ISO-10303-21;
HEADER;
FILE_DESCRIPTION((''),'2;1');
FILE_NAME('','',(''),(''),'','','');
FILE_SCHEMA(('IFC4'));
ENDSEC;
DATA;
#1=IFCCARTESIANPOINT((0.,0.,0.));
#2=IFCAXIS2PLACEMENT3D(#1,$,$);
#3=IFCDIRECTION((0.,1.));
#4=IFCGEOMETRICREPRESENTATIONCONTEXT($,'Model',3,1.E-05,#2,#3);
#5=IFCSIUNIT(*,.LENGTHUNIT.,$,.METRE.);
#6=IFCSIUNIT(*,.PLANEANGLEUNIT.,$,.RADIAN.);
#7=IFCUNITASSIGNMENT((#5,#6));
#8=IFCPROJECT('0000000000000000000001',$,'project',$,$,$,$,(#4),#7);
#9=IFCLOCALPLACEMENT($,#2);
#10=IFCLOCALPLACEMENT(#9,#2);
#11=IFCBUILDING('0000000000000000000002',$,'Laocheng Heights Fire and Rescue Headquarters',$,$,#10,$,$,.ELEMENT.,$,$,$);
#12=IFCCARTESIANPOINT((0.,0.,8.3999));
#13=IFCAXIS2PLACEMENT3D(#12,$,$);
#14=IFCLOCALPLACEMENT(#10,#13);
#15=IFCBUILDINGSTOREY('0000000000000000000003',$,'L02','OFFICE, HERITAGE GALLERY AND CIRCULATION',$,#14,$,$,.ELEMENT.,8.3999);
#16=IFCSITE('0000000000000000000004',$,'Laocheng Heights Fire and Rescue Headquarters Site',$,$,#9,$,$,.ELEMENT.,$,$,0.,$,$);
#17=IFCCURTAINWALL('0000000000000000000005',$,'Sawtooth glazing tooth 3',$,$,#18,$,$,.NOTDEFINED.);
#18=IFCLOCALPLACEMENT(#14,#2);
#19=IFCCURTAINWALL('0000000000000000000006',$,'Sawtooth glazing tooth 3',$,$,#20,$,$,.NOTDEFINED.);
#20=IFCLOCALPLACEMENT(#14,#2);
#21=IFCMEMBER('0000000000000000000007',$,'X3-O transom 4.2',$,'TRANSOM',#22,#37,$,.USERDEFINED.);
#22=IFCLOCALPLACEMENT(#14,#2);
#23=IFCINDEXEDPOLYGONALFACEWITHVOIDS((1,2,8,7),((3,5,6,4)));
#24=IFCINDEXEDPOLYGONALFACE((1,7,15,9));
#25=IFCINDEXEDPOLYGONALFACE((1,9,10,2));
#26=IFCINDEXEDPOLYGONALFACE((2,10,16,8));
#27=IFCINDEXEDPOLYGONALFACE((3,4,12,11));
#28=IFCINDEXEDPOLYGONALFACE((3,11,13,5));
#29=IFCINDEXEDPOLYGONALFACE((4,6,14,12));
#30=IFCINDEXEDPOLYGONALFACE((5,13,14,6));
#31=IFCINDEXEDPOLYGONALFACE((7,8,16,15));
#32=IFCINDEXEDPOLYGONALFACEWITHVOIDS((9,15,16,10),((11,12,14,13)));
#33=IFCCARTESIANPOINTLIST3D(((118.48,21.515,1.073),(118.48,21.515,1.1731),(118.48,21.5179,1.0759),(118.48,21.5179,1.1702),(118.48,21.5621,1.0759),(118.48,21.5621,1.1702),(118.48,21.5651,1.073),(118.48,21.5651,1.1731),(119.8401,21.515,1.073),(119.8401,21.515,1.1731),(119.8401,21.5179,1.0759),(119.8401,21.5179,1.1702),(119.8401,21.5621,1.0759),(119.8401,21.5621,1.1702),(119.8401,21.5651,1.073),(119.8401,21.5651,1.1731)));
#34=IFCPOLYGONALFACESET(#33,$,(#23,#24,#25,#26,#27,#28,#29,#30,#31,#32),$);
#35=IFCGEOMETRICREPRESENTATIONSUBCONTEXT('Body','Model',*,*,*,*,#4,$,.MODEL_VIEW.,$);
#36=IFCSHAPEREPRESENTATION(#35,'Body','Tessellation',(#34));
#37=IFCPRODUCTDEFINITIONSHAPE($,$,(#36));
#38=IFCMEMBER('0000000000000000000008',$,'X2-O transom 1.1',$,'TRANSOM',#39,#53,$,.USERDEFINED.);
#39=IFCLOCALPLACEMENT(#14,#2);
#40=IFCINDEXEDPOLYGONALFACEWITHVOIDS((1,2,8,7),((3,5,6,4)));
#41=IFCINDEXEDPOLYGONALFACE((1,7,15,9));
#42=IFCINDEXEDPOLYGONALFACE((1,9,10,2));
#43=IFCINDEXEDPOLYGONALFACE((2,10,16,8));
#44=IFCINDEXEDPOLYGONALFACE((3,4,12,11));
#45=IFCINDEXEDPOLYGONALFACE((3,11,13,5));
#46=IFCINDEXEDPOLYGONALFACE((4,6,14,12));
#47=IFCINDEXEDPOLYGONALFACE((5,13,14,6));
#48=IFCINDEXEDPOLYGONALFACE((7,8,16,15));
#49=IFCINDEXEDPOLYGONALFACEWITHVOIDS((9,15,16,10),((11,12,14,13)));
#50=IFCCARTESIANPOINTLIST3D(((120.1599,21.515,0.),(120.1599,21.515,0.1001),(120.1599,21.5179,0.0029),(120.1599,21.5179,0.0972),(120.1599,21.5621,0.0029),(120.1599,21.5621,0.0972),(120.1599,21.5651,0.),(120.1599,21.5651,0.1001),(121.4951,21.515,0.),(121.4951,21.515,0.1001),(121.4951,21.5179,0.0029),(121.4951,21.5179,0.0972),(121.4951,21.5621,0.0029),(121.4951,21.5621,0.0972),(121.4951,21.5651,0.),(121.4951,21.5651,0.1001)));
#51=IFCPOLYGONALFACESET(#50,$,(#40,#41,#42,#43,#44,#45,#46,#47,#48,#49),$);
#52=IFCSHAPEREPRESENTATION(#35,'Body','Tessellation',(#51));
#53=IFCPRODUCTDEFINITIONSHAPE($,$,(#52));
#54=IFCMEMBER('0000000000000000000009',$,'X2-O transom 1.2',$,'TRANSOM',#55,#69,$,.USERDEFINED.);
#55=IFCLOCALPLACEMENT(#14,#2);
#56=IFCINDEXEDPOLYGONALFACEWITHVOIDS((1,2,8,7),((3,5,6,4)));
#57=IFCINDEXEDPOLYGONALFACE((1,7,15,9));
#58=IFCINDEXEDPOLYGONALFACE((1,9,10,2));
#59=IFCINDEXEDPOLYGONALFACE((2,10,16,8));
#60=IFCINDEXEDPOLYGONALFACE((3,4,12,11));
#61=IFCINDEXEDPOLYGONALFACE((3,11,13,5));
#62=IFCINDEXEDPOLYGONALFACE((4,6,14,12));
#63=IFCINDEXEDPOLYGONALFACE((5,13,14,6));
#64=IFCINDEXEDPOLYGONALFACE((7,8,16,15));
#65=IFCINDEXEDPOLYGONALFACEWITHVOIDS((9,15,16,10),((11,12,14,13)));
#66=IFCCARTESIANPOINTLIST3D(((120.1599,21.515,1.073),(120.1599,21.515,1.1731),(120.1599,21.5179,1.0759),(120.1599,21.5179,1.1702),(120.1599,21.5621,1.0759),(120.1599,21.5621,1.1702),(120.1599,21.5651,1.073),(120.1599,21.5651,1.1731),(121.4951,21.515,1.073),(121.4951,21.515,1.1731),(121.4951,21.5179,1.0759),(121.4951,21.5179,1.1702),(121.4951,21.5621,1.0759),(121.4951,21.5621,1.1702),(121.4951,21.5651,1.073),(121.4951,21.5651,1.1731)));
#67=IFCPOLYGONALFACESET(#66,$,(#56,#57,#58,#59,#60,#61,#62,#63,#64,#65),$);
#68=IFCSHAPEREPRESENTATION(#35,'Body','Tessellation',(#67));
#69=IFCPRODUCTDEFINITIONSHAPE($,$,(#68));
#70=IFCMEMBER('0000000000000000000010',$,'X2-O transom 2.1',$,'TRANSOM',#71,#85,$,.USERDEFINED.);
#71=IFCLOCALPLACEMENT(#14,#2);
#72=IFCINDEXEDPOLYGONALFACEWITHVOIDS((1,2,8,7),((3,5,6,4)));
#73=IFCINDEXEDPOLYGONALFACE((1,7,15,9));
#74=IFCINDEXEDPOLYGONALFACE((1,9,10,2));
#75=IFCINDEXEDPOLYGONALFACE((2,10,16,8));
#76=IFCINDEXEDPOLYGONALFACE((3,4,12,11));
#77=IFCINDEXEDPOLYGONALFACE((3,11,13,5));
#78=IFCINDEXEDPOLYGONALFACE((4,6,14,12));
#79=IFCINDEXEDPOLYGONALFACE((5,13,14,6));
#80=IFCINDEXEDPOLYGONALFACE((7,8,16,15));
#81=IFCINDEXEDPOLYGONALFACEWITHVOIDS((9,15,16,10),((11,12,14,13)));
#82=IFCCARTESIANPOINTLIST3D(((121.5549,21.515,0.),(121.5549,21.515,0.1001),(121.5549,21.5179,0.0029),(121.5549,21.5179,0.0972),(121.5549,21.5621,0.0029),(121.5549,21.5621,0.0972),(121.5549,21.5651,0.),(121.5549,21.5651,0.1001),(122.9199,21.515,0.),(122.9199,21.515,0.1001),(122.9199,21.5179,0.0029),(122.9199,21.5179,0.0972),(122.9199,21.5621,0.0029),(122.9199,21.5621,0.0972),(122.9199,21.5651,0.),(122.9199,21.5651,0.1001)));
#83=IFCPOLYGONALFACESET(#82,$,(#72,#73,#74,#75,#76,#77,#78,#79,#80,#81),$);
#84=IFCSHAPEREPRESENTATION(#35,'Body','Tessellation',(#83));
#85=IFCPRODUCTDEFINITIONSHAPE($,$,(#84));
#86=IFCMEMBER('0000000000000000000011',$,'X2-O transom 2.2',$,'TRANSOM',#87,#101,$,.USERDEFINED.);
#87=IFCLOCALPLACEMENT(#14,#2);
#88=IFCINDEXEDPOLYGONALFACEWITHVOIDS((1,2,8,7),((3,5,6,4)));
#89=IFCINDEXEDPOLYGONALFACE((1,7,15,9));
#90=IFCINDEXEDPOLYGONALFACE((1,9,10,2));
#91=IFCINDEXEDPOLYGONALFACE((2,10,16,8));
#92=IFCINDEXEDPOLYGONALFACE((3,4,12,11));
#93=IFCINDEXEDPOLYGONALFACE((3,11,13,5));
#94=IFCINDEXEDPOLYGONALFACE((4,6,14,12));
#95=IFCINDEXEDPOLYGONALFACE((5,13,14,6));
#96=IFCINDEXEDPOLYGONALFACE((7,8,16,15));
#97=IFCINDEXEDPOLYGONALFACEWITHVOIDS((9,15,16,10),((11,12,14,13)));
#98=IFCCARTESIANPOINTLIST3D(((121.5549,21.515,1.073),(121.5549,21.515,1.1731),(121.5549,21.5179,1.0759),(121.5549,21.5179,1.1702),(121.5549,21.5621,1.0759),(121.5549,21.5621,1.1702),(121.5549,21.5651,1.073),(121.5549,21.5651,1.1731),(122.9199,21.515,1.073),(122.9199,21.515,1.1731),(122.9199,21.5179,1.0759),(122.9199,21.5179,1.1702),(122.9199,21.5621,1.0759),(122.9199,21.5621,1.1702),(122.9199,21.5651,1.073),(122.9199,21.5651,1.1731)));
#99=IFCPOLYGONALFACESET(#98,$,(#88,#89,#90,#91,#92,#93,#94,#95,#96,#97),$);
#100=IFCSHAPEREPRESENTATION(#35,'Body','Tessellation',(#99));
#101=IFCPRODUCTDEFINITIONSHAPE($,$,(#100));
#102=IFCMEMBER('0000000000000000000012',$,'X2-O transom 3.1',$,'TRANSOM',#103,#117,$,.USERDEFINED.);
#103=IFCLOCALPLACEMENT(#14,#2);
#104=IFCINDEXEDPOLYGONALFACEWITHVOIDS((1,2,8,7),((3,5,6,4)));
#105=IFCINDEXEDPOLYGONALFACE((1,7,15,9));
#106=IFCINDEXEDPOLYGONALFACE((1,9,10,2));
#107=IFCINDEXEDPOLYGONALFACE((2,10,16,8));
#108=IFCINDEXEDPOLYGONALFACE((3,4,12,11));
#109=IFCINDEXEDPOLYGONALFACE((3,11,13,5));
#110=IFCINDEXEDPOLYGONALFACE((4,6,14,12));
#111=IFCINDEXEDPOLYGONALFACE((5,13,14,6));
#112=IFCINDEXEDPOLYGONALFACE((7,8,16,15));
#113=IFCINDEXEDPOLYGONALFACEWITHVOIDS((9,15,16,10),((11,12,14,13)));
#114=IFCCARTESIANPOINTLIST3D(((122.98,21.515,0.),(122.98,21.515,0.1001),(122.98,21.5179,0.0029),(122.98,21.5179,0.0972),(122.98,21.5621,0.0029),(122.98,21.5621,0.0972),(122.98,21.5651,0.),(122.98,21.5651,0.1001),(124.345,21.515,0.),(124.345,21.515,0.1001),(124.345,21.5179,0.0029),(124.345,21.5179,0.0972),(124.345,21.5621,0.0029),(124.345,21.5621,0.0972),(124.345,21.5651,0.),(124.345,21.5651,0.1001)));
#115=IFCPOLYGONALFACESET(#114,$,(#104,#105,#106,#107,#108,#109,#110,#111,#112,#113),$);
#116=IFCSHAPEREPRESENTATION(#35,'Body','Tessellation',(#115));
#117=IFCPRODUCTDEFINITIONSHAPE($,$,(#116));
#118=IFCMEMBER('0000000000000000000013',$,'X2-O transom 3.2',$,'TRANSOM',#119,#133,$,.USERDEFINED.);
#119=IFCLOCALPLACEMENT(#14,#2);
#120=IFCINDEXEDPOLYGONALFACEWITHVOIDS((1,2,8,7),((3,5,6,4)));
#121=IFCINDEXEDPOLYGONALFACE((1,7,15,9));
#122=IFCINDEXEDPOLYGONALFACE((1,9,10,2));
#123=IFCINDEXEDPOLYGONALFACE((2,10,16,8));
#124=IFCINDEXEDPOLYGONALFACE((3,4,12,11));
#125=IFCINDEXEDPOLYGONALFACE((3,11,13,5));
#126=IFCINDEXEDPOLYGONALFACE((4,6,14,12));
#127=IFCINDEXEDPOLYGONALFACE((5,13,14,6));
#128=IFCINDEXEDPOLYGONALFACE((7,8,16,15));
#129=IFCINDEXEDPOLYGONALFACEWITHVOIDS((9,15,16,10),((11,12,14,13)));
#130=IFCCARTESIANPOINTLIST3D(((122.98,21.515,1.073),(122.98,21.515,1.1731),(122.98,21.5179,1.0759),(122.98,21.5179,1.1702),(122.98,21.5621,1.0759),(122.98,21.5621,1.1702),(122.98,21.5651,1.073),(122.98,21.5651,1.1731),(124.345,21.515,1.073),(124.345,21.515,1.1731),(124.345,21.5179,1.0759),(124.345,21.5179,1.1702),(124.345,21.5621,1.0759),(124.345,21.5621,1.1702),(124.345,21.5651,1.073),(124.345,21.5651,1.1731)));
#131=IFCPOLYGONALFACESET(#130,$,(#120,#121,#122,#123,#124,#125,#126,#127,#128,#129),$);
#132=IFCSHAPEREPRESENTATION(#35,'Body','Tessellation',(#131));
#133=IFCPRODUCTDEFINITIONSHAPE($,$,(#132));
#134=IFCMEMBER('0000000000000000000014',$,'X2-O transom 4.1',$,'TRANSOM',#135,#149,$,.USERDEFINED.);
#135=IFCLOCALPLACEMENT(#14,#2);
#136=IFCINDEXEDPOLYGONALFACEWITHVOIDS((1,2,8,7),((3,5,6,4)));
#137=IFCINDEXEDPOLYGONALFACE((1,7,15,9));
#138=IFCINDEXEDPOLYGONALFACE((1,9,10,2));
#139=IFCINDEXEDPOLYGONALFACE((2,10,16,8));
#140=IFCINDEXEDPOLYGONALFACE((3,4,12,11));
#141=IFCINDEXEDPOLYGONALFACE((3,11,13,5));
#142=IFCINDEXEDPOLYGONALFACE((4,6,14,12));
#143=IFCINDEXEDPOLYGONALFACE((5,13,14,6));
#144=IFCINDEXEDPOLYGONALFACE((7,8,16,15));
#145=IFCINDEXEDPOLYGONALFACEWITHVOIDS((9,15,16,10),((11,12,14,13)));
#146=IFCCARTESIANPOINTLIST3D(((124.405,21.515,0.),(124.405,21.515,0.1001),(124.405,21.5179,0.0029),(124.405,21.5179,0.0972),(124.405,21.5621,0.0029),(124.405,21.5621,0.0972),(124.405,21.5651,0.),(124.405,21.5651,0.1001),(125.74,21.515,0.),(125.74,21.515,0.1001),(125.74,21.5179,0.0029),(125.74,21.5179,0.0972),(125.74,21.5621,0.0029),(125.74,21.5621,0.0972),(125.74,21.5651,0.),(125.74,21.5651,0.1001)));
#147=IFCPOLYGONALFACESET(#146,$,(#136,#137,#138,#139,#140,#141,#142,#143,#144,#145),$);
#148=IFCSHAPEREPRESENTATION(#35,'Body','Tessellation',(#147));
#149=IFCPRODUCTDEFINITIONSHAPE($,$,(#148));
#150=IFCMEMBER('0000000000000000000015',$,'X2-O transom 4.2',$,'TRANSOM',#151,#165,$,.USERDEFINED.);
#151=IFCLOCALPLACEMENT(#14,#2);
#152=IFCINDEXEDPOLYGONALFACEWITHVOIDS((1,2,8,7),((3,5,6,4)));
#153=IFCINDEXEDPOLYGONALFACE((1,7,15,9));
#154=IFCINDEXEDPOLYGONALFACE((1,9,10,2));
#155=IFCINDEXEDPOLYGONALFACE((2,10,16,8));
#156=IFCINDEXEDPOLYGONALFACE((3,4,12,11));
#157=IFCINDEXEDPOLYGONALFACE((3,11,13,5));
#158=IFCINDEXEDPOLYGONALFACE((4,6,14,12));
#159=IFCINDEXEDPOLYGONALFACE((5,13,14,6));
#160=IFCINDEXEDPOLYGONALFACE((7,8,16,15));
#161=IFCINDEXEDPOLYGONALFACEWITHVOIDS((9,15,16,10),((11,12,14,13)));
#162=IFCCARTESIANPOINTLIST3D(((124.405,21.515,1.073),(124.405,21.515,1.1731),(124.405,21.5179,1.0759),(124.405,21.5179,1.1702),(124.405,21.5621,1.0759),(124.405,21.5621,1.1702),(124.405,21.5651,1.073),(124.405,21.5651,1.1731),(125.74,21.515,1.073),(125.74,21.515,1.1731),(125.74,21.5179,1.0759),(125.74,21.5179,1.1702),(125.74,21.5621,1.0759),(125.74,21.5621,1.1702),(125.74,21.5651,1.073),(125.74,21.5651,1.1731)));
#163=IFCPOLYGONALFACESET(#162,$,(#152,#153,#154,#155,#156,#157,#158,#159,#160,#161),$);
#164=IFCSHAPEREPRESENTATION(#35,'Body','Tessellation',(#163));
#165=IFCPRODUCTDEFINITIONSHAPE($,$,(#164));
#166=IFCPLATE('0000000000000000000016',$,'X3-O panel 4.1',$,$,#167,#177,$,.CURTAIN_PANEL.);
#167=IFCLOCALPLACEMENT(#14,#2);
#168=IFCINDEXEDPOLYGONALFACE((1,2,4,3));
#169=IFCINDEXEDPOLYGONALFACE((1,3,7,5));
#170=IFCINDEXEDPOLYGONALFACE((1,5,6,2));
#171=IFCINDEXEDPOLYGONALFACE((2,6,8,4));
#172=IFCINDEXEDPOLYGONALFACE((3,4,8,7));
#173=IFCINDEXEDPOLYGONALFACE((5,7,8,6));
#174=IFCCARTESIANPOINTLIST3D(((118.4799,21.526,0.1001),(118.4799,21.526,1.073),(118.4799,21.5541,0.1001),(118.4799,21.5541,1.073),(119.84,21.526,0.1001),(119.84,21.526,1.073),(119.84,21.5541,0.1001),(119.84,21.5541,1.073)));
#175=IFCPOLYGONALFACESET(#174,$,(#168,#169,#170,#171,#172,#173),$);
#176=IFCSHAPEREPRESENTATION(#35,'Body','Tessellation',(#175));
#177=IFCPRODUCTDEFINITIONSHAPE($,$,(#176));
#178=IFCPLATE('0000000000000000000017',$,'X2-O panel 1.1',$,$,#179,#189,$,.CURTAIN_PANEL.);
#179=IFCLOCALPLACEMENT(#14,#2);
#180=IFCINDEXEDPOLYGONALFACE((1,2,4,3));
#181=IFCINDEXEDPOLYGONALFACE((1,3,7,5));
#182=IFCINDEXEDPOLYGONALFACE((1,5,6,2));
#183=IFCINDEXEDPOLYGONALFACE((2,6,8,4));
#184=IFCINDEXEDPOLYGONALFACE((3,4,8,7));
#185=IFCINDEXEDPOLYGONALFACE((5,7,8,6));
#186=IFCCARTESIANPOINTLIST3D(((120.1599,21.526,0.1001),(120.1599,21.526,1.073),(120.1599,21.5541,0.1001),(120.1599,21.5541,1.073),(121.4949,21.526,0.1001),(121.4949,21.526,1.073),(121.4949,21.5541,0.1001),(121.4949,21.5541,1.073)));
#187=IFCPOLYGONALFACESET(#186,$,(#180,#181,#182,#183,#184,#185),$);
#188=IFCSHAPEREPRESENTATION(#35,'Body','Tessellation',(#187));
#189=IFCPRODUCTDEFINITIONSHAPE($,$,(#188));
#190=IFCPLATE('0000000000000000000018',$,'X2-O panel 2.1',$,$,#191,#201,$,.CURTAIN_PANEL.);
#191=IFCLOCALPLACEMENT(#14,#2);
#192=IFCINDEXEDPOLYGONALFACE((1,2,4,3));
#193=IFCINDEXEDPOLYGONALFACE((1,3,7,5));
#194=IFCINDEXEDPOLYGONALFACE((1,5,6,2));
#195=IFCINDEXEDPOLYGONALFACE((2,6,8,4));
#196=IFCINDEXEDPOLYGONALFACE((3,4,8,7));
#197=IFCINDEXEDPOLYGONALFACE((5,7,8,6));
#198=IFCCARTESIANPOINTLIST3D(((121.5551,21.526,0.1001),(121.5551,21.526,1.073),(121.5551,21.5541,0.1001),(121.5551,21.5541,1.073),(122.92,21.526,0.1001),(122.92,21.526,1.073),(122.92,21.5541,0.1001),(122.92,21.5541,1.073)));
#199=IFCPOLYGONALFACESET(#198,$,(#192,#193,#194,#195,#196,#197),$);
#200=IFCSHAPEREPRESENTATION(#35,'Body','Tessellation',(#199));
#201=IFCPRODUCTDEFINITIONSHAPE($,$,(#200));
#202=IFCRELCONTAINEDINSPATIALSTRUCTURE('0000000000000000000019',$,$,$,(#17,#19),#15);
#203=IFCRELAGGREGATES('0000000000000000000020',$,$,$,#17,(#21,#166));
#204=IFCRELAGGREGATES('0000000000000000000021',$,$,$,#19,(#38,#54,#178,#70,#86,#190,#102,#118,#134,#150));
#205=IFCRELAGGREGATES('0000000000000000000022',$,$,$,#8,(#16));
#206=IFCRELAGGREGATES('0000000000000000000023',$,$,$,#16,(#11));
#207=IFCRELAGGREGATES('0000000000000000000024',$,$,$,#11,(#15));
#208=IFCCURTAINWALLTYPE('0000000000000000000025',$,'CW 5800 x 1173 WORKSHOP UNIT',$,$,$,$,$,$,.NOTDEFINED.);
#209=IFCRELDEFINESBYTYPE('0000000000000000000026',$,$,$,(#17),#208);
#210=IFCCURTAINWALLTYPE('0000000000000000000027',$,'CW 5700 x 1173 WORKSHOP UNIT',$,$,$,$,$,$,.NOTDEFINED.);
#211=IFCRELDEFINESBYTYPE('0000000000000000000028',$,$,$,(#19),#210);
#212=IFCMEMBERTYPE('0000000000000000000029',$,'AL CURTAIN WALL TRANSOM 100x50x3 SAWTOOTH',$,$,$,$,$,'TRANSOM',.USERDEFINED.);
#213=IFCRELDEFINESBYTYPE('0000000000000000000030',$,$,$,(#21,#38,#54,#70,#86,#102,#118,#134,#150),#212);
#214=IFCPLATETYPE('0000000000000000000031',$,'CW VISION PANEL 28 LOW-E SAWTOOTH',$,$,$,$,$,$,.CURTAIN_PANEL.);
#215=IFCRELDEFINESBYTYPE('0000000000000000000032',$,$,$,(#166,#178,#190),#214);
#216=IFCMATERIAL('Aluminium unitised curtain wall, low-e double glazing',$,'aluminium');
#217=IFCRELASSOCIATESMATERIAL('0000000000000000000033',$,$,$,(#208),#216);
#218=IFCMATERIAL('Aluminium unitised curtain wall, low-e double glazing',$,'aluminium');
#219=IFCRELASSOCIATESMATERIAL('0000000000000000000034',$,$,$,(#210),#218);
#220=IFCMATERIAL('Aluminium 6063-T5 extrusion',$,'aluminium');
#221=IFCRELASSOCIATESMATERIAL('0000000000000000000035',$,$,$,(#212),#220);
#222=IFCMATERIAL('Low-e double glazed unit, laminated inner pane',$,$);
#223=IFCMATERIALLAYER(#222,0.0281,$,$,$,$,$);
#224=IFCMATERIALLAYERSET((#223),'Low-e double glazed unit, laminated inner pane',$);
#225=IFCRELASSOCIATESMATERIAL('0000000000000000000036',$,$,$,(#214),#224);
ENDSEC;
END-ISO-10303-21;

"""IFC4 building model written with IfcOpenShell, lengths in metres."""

from ifc_helpers import new_model, si_unit, direction, frame, origin, origin_2d, place, context, subcontext, project, spatial, rectangle, hollow_rectangle, extrude, material, layer, layer_set, material_profile, profile_set, type_object, element, aggregate, save


model = new_model("IFC4")

# Units and contexts
model_context = context("Model", 3, precision=1e-05, world=origin(), true_north=direction((0.0, 1.0)))
body_context = subcontext(model_context, "Body", "Model", "MODEL_VIEW")
ifc_project = project(units=[si_unit("LENGTHUNIT", "METRE"), si_unit("PLANEANGLEUNIT", "RADIAN")], contexts=[model_context])

# Site, building, storey
site_placement = place(None, origin())
site = spatial("IfcSite", under=ifc_project, at=site_placement, Name="Laocheng Heights Fire and Rescue Headquarters Site", CompositionType="ELEMENT", RefElevation=0.0)
building_placement = place(site_placement, origin())
building = spatial("IfcBuilding", under=site, at=building_placement, Name="Laocheng Heights Fire and Rescue Headquarters", CompositionType="ELEMENT")
storey_placement = place(building_placement, frame((0.0, 0.0, 8.3999)))
storey = spatial("IfcBuildingStorey", under=building, at=storey_placement, Name="L02", Description="OFFICE, HERITAGE GALLERY AND CIRCULATION", CompositionType="ELEMENT", Elevation=8.3999)

# Curtain walls
ifc_material_1 = material(Name="Aluminium unitised curtain wall, low-e double glazing", Category="aluminium")
curtain_wall_type_1 = type_object("IfcCurtainWallType", Name="CW 5800 x 1173 WORKSHOP UNIT", PredefinedType="NOTDEFINED", material=ifc_material_1)
curtain_wall_1_placement = place(storey_placement, origin())
curtain_wall_1 = element("IfcCurtainWall", 1, at=curtain_wall_1_placement, inside=storey, type_object=curtain_wall_type_1, Name="Sawtooth glazing tooth 3", PredefinedType="NOTDEFINED")
ifc_material_2 = material(Name="Aluminium unitised curtain wall, low-e double glazing", Category="aluminium")
curtain_wall_type_2 = type_object("IfcCurtainWallType", Name="CW 5700 x 1173 WORKSHOP UNIT", PredefinedType="NOTDEFINED", material=ifc_material_2)
curtain_wall_2_placement = place(storey_placement, origin())
curtain_wall_2 = element("IfcCurtainWall", 2, at=curtain_wall_2_placement, inside=storey, type_object=curtain_wall_type_2, Name="Sawtooth glazing tooth 3", PredefinedType="NOTDEFINED")

# Members
ifc_material_3 = material(Name="Aluminium 6063-T5 extrusion", Category="aluminium")
ifc_material_profile_1 = material_profile(ifc_material_3, hollow_rectangle(XDim=0.05, YDim=0.1001, WallThickness=0.0029, at=origin_2d()), Name="AL TRANSOM 100x50x3")
ifc_profile_set_1 = profile_set([ifc_material_profile_1], Name="Aluminium 6063-T5 extrusion")
member_type_1 = type_object("IfcMemberType", Name="AL CURTAIN WALL TRANSOM 100x50x3 SAWTOOTH", ElementType="TRANSOM", PredefinedType="USERDEFINED", material=ifc_profile_set_1)
member_1_placement = place(storey_placement, frame((118.48, 21.54, 1.123), z_axis=(1.0, 0.0, 0.0), x_axis=(0.0, 1.0, 0.0)))
member_1 = element("IfcMember", 3, at=member_1_placement, type_object=member_type_1, Name="X3-O transom 4.2", ObjectType="TRANSOM", PredefinedType="USERDEFINED", context=body_context, shape_type="SweptSolid", body=[
    extrude(hollow_rectangle(XDim=0.05, YDim=0.1001, WallThickness=0.0029, at=origin_2d()), origin(), (0.0, 0.0, 1.0), 1.3601),
])
member_2_placement = place(storey_placement, frame((120.1599, 21.54, 0.05), z_axis=(1.0, 0.0, 0.0), x_axis=(0.0, 1.0, 0.0)))
member_2 = element("IfcMember", 4, at=member_2_placement, type_object=member_type_1, Name="X2-O transom 1.1", ObjectType="TRANSOM", PredefinedType="USERDEFINED", context=body_context, shape_type="SweptSolid", body=[
    extrude(hollow_rectangle(XDim=0.05, YDim=0.1001, WallThickness=0.0029, at=origin_2d()), origin(), (0.0, 0.0, 1.0), 1.3352),
])
member_3_placement = place(storey_placement, frame((120.1599, 21.54, 1.123), z_axis=(1.0, 0.0, 0.0), x_axis=(0.0, 1.0, 0.0)))
member_3 = element("IfcMember", 5, at=member_3_placement, type_object=member_type_1, Name="X2-O transom 1.2", ObjectType="TRANSOM", PredefinedType="USERDEFINED", context=body_context, shape_type="SweptSolid", body=[
    extrude(hollow_rectangle(XDim=0.05, YDim=0.1001, WallThickness=0.0029, at=origin_2d()), origin(), (0.0, 0.0, 1.0), 1.3352),
])
member_4_placement = place(storey_placement, frame((121.5549, 21.54, 0.05), z_axis=(1.0, 0.0, 0.0), x_axis=(0.0, 1.0, 0.0)))
member_4 = element("IfcMember", 6, at=member_4_placement, type_object=member_type_1, Name="X2-O transom 2.1", ObjectType="TRANSOM", PredefinedType="USERDEFINED", context=body_context, shape_type="SweptSolid", body=[
    extrude(hollow_rectangle(XDim=0.05, YDim=0.1001, WallThickness=0.0029, at=origin_2d()), origin(), (0.0, 0.0, 1.0), 1.365),
])
member_5_placement = place(storey_placement, frame((121.5549, 21.54, 1.123), z_axis=(1.0, 0.0, 0.0), x_axis=(0.0, 1.0, 0.0)))
member_5 = element("IfcMember", 7, at=member_5_placement, type_object=member_type_1, Name="X2-O transom 2.2", ObjectType="TRANSOM", PredefinedType="USERDEFINED", context=body_context, shape_type="SweptSolid", body=[
    extrude(hollow_rectangle(XDim=0.05, YDim=0.1001, WallThickness=0.0029, at=origin_2d()), origin(), (0.0, 0.0, 1.0), 1.365),
])
member_6_placement = place(storey_placement, frame((122.98, 21.54, 0.05), z_axis=(1.0, 0.0, 0.0), x_axis=(0.0, 1.0, 0.0)))
member_6 = element("IfcMember", 8, at=member_6_placement, type_object=member_type_1, Name="X2-O transom 3.1", ObjectType="TRANSOM", PredefinedType="USERDEFINED", context=body_context, shape_type="SweptSolid", body=[
    extrude(hollow_rectangle(XDim=0.05, YDim=0.1001, WallThickness=0.0029, at=origin_2d()), origin(), (0.0, 0.0, 1.0), 1.365),
])
member_7_placement = place(storey_placement, frame((122.98, 21.54, 1.123), z_axis=(1.0, 0.0, 0.0), x_axis=(0.0, 1.0, 0.0)))
member_7 = element("IfcMember", 9, at=member_7_placement, type_object=member_type_1, Name="X2-O transom 3.2", ObjectType="TRANSOM", PredefinedType="USERDEFINED", context=body_context, shape_type="SweptSolid", body=[
    extrude(hollow_rectangle(XDim=0.05, YDim=0.1001, WallThickness=0.0029, at=origin_2d()), origin(), (0.0, 0.0, 1.0), 1.365),
])
member_8_placement = place(storey_placement, frame((124.405, 21.54, 0.05), z_axis=(1.0, 0.0, 0.0), x_axis=(0.0, 1.0, 0.0)))
member_8 = element("IfcMember", 10, at=member_8_placement, type_object=member_type_1, Name="X2-O transom 4.1", ObjectType="TRANSOM", PredefinedType="USERDEFINED", context=body_context, shape_type="SweptSolid", body=[
    extrude(hollow_rectangle(XDim=0.05, YDim=0.1001, WallThickness=0.0029, at=origin_2d()), origin(), (0.0, 0.0, 1.0), 1.335),
])
member_9_placement = place(storey_placement, frame((124.405, 21.54, 1.123), z_axis=(1.0, 0.0, 0.0), x_axis=(0.0, 1.0, 0.0)))
member_9 = element("IfcMember", 11, at=member_9_placement, type_object=member_type_1, Name="X2-O transom 4.2", ObjectType="TRANSOM", PredefinedType="USERDEFINED", context=body_context, shape_type="SweptSolid", body=[
    extrude(hollow_rectangle(XDim=0.05, YDim=0.1001, WallThickness=0.0029, at=origin_2d()), origin(), (0.0, 0.0, 1.0), 1.335),
])

# Plates
ifc_material_4 = material(Name="Low-e double glazed unit, laminated inner pane")
ifc_layer_1 = layer(ifc_material_4, 0.0281)
ifc_layer_set_1 = layer_set([ifc_layer_1], Name="Low-e double glazed unit, laminated inner pane")
plate_type = type_object("IfcPlateType", Name="CW VISION PANEL 28 LOW-E SAWTOOTH", PredefinedType="CURTAIN_PANEL", material=ifc_layer_set_1)
plate_1_placement = place(storey_placement, frame((119.1599, 21.54, 0.1001), z_axis=(0.0, 0.0, 1.0), x_axis=(1.0, 0.0, 0.0)))
plate_1 = element("IfcPlate", 12, at=plate_1_placement, type_object=plate_type, Name="X3-O panel 4.1", PredefinedType="CURTAIN_PANEL", context=body_context, shape_type="SweptSolid", body=[
    extrude(rectangle(XDim=1.3601, YDim=0.0281, at=origin_2d()), origin(), (0.0, 0.0, 1.0), 0.9729),
])
aggregate(curtain_wall_1, [member_1, plate_1])
plate_2_placement = place(storey_placement, frame((120.8274, 21.54, 0.1001), z_axis=(0.0, 0.0, 1.0), x_axis=(1.0, 0.0, 0.0)))
plate_2 = element("IfcPlate", 13, at=plate_2_placement, type_object=plate_type, Name="X2-O panel 1.1", PredefinedType="CURTAIN_PANEL", context=body_context, shape_type="SweptSolid", body=[
    extrude(rectangle(XDim=1.335, YDim=0.0281, at=origin_2d()), origin(), (0.0, 0.0, 1.0), 0.9729),
])
plate_3_placement = place(storey_placement, frame((122.2375, 21.54, 0.1001), z_axis=(0.0, 0.0, 1.0), x_axis=(1.0, 0.0, 0.0)))
plate_3 = element("IfcPlate", 14, at=plate_3_placement, type_object=plate_type, Name="X2-O panel 2.1", PredefinedType="CURTAIN_PANEL", context=body_context, shape_type="SweptSolid", body=[
    extrude(rectangle(XDim=1.365, YDim=0.0281, at=origin_2d()), origin(), (0.0, 0.0, 1.0), 0.9729),
])
aggregate(curtain_wall_2, [member_2, member_3, plate_2, member_4, member_5, plate_3, member_6, member_7, member_8, member_9])

save(model, "model.ifc")
